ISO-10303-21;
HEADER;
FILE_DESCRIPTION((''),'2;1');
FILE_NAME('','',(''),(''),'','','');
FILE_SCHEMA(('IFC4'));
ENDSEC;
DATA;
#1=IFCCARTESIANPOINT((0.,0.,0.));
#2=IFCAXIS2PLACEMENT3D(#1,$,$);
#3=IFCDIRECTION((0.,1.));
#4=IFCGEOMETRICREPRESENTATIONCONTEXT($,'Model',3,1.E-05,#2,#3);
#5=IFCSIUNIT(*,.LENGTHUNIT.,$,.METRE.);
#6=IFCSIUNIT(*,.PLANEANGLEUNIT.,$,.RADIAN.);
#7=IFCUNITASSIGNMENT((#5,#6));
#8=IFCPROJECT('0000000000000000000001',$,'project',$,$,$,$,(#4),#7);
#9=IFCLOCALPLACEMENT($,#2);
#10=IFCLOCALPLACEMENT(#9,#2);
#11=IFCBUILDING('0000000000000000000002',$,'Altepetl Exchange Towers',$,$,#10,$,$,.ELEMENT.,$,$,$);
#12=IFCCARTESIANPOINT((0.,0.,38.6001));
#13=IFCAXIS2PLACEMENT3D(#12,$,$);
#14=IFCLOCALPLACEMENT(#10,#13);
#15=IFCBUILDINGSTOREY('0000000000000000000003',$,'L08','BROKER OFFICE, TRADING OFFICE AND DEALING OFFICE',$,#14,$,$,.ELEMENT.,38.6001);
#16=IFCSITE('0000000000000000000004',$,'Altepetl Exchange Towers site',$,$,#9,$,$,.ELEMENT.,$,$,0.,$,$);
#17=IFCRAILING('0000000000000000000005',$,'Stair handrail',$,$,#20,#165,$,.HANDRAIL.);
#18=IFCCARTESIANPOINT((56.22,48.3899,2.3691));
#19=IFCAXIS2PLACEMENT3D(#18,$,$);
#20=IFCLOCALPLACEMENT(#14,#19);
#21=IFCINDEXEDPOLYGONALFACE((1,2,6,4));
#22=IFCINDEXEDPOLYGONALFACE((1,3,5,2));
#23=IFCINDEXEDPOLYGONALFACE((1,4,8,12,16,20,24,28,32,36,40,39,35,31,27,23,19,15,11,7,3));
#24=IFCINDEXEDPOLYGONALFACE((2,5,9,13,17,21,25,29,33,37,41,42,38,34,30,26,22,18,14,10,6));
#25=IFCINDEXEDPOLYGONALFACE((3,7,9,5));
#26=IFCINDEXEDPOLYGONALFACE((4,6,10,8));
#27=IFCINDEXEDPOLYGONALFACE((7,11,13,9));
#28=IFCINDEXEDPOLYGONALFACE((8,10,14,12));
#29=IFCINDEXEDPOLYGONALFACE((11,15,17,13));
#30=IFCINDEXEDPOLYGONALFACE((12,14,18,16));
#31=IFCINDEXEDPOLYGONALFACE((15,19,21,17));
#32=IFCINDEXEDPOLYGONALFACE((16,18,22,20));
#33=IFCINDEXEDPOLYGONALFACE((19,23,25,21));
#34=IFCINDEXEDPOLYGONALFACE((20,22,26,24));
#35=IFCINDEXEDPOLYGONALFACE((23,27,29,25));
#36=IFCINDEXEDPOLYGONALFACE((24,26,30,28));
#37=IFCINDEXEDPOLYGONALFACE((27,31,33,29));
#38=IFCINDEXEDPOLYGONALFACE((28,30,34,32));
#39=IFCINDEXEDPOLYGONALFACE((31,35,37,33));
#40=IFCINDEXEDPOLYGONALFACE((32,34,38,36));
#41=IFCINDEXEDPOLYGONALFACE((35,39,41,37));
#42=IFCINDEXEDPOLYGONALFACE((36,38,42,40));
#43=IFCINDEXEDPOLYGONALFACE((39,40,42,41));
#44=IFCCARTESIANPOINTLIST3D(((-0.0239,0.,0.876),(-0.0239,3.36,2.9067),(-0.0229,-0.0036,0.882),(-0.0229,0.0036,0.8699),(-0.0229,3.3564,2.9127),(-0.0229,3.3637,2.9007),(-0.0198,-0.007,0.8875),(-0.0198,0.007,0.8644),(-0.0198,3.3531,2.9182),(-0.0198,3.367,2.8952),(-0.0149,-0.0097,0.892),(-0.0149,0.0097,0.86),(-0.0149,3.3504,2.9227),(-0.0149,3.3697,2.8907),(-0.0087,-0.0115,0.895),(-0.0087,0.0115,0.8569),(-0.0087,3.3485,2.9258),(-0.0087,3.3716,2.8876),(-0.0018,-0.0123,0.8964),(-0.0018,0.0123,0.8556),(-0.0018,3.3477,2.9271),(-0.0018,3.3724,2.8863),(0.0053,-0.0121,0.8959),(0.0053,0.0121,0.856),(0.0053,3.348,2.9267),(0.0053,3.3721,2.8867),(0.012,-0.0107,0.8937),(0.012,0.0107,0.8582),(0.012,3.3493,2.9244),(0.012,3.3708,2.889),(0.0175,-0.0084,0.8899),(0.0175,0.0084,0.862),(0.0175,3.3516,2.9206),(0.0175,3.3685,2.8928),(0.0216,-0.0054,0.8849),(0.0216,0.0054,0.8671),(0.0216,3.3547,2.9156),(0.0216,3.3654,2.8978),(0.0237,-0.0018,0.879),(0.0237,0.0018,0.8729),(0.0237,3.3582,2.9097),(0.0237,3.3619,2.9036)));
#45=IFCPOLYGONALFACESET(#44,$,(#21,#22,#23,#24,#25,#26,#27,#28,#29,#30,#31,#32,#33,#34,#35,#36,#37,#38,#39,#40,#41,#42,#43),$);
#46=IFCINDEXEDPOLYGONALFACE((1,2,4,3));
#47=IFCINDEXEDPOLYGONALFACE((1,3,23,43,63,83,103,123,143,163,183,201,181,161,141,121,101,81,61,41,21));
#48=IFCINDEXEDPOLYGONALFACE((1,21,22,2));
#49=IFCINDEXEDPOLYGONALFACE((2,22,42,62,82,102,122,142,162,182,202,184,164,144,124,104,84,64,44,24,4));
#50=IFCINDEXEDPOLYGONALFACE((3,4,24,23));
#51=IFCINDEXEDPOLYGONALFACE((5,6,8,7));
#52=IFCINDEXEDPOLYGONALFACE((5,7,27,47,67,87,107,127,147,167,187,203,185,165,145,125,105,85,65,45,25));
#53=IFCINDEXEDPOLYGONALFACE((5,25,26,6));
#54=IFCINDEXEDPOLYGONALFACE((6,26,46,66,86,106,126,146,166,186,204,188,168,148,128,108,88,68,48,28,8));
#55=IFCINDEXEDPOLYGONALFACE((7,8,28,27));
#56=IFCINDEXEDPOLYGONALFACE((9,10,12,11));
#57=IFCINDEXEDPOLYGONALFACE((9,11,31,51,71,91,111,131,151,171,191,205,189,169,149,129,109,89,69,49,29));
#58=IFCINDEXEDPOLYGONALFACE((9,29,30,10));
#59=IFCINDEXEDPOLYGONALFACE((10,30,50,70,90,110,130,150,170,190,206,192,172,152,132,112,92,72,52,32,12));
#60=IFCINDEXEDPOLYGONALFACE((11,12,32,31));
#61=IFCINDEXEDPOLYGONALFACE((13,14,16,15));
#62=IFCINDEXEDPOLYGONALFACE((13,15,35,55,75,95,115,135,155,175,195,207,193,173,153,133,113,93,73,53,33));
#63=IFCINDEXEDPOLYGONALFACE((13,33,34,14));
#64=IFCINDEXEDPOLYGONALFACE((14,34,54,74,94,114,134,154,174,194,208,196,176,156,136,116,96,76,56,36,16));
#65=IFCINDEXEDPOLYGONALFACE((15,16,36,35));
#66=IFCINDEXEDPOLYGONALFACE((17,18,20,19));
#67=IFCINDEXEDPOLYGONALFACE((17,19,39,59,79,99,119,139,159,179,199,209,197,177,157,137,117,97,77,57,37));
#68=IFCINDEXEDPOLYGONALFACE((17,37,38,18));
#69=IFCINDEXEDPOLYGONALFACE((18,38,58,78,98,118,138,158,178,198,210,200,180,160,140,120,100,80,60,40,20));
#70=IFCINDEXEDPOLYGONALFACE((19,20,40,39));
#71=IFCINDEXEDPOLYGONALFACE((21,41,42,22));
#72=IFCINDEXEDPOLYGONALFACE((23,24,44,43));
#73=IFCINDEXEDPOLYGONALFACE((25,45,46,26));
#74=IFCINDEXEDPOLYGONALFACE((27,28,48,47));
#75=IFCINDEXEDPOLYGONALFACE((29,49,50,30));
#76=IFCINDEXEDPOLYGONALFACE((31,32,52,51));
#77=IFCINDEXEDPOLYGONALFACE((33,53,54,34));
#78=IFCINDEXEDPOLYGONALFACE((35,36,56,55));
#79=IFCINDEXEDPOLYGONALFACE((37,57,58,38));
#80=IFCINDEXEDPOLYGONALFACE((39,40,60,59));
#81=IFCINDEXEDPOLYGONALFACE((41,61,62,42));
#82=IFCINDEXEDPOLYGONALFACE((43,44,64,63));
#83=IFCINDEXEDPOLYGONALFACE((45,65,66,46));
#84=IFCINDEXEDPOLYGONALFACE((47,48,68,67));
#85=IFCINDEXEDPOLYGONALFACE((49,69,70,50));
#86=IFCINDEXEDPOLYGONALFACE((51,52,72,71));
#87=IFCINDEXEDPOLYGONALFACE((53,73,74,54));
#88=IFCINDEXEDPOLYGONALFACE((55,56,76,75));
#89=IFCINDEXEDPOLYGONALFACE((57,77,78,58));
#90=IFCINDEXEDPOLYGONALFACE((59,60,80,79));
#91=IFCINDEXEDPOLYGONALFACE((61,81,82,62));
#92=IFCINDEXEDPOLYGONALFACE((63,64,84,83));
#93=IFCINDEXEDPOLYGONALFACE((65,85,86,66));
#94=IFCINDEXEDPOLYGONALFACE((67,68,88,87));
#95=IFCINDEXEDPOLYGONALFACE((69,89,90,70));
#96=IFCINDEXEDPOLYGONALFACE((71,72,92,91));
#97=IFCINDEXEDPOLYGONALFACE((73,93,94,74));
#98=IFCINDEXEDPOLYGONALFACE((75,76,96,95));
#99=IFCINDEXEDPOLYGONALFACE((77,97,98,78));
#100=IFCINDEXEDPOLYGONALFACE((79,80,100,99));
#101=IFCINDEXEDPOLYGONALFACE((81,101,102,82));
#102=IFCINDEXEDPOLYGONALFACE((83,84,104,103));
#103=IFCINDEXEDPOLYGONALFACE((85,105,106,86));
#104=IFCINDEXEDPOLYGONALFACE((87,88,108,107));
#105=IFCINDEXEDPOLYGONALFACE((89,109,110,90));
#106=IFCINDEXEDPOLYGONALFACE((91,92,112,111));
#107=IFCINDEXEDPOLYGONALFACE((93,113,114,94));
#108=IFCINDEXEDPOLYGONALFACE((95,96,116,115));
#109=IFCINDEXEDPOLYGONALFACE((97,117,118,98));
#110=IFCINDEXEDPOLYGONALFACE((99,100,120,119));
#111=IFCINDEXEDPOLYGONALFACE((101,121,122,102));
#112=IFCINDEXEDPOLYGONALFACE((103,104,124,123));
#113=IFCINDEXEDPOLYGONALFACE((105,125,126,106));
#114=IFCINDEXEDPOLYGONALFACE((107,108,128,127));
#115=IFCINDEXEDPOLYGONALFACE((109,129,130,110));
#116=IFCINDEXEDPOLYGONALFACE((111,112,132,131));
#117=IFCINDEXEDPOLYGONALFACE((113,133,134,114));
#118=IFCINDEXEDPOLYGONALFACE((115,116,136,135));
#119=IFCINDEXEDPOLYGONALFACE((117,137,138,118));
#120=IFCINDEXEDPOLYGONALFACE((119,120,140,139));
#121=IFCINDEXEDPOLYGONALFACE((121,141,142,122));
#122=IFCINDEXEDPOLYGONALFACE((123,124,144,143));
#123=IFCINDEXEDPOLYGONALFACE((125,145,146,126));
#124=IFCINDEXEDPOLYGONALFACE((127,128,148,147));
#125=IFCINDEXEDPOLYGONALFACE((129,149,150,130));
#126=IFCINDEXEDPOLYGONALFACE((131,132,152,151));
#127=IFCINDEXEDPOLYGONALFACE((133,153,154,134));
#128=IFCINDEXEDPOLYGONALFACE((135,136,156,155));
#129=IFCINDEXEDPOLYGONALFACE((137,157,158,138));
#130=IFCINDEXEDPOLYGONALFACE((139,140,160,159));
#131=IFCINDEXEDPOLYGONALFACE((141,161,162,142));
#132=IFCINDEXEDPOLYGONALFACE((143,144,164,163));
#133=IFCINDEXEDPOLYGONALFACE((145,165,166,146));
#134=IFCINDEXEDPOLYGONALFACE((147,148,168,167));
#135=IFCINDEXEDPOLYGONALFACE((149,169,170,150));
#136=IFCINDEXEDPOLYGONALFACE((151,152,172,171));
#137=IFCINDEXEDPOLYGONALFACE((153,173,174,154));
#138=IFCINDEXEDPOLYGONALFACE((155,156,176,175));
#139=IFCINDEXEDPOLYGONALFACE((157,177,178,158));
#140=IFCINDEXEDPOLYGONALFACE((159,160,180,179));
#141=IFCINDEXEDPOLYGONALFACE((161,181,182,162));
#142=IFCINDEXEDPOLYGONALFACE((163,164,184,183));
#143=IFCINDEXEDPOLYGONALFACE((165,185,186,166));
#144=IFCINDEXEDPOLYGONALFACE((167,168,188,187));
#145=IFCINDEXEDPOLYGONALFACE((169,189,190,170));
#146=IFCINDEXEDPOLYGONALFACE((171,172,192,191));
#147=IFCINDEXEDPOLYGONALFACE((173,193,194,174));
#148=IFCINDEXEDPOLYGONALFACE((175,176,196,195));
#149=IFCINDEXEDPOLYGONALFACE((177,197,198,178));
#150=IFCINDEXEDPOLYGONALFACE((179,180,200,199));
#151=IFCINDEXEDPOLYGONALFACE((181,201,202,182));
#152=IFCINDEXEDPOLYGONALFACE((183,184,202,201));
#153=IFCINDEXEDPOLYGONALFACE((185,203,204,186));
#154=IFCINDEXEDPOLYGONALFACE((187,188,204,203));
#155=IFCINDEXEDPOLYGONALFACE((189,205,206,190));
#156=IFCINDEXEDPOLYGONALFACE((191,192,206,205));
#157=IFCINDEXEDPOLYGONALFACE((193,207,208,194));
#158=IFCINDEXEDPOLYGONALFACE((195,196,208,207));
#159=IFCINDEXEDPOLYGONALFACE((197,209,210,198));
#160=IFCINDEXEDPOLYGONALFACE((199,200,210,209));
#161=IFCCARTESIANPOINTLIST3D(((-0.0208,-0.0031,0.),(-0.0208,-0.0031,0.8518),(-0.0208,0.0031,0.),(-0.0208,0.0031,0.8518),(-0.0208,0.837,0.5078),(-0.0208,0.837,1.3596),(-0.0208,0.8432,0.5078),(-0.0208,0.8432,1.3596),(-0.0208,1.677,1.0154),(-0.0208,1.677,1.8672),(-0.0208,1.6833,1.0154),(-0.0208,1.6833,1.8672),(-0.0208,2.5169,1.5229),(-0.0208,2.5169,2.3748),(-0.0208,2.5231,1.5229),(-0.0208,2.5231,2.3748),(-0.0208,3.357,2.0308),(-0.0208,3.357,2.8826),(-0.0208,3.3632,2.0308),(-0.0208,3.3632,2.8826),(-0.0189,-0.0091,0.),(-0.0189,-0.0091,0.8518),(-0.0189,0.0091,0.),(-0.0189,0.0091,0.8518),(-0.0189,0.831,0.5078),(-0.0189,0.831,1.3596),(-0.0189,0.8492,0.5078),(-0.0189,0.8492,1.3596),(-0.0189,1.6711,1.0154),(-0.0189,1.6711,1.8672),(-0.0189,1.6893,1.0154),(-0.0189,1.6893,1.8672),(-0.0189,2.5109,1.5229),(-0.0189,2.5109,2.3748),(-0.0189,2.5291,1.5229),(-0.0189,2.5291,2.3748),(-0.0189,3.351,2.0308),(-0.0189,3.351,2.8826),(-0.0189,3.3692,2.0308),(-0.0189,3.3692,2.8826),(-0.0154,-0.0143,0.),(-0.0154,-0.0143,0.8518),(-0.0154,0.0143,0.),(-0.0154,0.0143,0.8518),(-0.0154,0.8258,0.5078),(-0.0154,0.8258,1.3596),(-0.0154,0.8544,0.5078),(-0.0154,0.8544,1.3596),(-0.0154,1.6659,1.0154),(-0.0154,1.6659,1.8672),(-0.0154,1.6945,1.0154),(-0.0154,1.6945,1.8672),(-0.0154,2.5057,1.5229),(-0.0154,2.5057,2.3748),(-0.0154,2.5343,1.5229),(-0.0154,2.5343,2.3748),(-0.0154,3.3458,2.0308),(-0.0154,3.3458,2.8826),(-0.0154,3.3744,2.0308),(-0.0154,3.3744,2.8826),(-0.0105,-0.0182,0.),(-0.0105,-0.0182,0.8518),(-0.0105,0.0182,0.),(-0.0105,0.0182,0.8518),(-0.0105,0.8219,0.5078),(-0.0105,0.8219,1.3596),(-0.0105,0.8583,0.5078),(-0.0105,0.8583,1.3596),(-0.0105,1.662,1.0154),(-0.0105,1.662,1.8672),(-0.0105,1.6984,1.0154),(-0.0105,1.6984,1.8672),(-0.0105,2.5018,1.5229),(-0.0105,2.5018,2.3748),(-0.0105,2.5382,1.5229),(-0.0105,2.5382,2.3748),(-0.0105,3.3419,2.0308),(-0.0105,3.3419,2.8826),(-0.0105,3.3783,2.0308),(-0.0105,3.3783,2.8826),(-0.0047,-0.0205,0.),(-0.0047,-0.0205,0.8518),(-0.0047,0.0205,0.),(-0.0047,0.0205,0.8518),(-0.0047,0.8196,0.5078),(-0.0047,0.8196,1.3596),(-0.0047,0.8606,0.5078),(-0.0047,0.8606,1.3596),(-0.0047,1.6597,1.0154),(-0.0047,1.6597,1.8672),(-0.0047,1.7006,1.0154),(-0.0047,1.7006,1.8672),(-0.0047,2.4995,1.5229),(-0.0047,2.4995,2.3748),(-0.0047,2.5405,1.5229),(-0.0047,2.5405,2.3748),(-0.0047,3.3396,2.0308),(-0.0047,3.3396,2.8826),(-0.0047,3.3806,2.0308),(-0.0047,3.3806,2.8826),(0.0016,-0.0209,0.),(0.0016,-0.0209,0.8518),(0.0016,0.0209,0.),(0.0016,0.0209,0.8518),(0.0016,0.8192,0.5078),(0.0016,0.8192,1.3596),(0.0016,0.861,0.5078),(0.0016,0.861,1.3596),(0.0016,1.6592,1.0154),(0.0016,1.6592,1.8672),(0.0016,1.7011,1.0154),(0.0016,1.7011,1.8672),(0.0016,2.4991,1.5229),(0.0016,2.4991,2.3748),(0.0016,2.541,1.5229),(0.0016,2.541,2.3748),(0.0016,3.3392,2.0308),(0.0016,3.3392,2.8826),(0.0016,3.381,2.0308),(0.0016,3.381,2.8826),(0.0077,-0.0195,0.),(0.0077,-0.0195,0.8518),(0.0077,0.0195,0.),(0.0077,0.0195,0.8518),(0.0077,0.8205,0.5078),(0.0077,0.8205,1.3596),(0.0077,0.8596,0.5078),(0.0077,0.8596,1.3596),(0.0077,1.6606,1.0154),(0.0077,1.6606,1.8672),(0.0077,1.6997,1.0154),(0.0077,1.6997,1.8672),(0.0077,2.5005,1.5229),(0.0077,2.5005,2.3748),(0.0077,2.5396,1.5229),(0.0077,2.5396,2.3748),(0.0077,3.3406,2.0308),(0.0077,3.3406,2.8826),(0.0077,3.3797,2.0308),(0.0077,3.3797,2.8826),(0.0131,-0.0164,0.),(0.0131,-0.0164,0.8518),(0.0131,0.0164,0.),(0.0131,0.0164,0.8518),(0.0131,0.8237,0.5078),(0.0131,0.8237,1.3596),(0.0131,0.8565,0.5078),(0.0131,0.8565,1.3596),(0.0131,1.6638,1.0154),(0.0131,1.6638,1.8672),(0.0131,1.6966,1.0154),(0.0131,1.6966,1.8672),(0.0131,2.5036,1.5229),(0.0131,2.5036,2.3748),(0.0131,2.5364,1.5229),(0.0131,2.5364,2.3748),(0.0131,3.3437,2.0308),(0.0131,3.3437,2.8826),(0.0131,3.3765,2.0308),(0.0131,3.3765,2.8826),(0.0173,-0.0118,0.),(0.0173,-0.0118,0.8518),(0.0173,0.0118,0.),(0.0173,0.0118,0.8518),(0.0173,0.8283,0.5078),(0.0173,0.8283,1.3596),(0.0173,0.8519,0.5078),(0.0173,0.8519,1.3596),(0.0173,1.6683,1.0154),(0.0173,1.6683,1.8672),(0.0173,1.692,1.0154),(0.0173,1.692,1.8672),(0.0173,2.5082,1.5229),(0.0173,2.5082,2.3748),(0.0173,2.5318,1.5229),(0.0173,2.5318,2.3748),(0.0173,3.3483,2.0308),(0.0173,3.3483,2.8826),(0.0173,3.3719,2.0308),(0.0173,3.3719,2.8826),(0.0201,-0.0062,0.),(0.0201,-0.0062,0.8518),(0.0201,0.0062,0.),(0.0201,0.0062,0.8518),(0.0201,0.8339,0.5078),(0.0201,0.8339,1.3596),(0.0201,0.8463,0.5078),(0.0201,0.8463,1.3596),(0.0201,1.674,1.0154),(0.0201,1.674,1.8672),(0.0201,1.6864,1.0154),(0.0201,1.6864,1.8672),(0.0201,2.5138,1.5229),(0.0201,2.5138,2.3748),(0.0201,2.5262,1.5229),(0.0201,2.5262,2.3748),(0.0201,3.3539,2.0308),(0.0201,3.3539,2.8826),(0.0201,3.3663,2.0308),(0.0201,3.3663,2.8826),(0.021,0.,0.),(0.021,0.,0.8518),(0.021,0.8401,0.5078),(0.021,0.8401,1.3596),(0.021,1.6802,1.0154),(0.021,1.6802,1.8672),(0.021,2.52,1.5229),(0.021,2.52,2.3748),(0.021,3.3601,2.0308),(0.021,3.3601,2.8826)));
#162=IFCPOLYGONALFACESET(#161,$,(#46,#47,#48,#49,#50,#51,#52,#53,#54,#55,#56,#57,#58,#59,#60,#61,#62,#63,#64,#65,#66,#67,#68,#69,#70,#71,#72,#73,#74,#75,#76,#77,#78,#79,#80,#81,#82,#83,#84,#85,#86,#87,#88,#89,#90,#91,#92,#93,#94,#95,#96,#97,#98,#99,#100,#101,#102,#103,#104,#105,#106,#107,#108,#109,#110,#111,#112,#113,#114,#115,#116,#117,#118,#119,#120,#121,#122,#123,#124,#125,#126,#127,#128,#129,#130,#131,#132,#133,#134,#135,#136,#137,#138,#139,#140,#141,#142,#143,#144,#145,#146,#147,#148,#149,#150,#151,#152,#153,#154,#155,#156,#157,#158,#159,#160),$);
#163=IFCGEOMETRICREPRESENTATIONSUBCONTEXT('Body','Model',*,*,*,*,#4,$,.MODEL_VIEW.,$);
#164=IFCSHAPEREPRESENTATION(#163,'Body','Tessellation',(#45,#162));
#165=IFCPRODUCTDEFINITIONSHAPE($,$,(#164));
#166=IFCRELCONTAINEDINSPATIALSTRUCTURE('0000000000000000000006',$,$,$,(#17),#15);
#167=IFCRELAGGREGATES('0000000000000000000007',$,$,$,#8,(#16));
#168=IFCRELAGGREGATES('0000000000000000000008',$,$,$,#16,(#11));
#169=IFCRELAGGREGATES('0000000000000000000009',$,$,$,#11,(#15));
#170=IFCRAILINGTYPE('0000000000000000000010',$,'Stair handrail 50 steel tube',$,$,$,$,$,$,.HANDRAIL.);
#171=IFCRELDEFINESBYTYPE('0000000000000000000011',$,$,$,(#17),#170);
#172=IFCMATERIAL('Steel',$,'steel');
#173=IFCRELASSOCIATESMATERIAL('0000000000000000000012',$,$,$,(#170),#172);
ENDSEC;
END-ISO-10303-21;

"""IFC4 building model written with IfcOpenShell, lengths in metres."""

from ifc_helpers import new_model, si_unit, direction, frame, origin, origin_2d, place, context, subcontext, project, spatial, circle, extrude, source, transform, mapped, material, type_object, element, save


model = new_model("IFC4")

# Units and contexts
model_context = context("Model", 3, precision=1e-05, world=origin(), true_north=direction((0.0, 1.0)))
body_context = subcontext(model_context, "Body", "Model", "MODEL_VIEW")
ifc_project = project(units=[si_unit("LENGTHUNIT", "METRE"), si_unit("PLANEANGLEUNIT", "RADIAN")], contexts=[model_context])

# Site, building, storey
site_placement = place(None, origin())
site = spatial("IfcSite", under=ifc_project, at=site_placement, Name="Altepetl Exchange Towers site", CompositionType="ELEMENT", RefElevation=0.0)
building_placement = place(site_placement, origin())
building = spatial("IfcBuilding", under=site, at=building_placement, Name="Altepetl Exchange Towers", CompositionType="ELEMENT")
storey_placement = place(building_placement, frame((0.0, 0.0, 38.6001)))
storey = spatial("IfcBuildingStorey", under=building, at=storey_placement, Name="L08", Description="BROKER OFFICE, TRADING OFFICE AND DEALING OFFICE", CompositionType="ELEMENT", Elevation=38.6001)

# Railing
ifc_material_1 = material(Name="Steel", Category="steel")
railing_type = type_object("IfcRailingType", Name="Stair handrail 50 steel tube", PredefinedType="HANDRAIL", material=ifc_material_1)
shared_shape = source(origin(), body_context, "Body", "SweptSolid", [
    extrude(circle(Radius=0.021, at=origin_2d()), origin(), (0.0, 0.0, 1.0), 0.8518),
])
railing_1_placement = place(storey_placement, frame((56.22, 48.3899, 2.3691)))
element("IfcRailing", 1, at=railing_1_placement, inside=storey, type_object=railing_type, Name="Stair handrail", PredefinedType="HANDRAIL", context=body_context, shape_type="SweptSolid", body=[
    extrude(circle(Radius=0.0239, at=origin_2d()), frame((0.0, 0.0, 0.876), z_axis=(0.0, 0.855837, 0.517246), x_axis=(-1.0, 0.0, 0.0)), (0.0, 0.0, 1.0), 3.926),
    mapped(shared_shape, transform((0.0, 0.0, 0.0))),
    mapped(shared_shape, transform((0.0, 0.8401, 0.5078))),
    mapped(shared_shape, transform((0.0, 1.6802, 1.0154))),
    mapped(shared_shape, transform((0.0, 2.52, 1.5229))),
    mapped(shared_shape, transform((0.0, 3.3601, 2.0308))),
])

save(model, "model.ifc")
